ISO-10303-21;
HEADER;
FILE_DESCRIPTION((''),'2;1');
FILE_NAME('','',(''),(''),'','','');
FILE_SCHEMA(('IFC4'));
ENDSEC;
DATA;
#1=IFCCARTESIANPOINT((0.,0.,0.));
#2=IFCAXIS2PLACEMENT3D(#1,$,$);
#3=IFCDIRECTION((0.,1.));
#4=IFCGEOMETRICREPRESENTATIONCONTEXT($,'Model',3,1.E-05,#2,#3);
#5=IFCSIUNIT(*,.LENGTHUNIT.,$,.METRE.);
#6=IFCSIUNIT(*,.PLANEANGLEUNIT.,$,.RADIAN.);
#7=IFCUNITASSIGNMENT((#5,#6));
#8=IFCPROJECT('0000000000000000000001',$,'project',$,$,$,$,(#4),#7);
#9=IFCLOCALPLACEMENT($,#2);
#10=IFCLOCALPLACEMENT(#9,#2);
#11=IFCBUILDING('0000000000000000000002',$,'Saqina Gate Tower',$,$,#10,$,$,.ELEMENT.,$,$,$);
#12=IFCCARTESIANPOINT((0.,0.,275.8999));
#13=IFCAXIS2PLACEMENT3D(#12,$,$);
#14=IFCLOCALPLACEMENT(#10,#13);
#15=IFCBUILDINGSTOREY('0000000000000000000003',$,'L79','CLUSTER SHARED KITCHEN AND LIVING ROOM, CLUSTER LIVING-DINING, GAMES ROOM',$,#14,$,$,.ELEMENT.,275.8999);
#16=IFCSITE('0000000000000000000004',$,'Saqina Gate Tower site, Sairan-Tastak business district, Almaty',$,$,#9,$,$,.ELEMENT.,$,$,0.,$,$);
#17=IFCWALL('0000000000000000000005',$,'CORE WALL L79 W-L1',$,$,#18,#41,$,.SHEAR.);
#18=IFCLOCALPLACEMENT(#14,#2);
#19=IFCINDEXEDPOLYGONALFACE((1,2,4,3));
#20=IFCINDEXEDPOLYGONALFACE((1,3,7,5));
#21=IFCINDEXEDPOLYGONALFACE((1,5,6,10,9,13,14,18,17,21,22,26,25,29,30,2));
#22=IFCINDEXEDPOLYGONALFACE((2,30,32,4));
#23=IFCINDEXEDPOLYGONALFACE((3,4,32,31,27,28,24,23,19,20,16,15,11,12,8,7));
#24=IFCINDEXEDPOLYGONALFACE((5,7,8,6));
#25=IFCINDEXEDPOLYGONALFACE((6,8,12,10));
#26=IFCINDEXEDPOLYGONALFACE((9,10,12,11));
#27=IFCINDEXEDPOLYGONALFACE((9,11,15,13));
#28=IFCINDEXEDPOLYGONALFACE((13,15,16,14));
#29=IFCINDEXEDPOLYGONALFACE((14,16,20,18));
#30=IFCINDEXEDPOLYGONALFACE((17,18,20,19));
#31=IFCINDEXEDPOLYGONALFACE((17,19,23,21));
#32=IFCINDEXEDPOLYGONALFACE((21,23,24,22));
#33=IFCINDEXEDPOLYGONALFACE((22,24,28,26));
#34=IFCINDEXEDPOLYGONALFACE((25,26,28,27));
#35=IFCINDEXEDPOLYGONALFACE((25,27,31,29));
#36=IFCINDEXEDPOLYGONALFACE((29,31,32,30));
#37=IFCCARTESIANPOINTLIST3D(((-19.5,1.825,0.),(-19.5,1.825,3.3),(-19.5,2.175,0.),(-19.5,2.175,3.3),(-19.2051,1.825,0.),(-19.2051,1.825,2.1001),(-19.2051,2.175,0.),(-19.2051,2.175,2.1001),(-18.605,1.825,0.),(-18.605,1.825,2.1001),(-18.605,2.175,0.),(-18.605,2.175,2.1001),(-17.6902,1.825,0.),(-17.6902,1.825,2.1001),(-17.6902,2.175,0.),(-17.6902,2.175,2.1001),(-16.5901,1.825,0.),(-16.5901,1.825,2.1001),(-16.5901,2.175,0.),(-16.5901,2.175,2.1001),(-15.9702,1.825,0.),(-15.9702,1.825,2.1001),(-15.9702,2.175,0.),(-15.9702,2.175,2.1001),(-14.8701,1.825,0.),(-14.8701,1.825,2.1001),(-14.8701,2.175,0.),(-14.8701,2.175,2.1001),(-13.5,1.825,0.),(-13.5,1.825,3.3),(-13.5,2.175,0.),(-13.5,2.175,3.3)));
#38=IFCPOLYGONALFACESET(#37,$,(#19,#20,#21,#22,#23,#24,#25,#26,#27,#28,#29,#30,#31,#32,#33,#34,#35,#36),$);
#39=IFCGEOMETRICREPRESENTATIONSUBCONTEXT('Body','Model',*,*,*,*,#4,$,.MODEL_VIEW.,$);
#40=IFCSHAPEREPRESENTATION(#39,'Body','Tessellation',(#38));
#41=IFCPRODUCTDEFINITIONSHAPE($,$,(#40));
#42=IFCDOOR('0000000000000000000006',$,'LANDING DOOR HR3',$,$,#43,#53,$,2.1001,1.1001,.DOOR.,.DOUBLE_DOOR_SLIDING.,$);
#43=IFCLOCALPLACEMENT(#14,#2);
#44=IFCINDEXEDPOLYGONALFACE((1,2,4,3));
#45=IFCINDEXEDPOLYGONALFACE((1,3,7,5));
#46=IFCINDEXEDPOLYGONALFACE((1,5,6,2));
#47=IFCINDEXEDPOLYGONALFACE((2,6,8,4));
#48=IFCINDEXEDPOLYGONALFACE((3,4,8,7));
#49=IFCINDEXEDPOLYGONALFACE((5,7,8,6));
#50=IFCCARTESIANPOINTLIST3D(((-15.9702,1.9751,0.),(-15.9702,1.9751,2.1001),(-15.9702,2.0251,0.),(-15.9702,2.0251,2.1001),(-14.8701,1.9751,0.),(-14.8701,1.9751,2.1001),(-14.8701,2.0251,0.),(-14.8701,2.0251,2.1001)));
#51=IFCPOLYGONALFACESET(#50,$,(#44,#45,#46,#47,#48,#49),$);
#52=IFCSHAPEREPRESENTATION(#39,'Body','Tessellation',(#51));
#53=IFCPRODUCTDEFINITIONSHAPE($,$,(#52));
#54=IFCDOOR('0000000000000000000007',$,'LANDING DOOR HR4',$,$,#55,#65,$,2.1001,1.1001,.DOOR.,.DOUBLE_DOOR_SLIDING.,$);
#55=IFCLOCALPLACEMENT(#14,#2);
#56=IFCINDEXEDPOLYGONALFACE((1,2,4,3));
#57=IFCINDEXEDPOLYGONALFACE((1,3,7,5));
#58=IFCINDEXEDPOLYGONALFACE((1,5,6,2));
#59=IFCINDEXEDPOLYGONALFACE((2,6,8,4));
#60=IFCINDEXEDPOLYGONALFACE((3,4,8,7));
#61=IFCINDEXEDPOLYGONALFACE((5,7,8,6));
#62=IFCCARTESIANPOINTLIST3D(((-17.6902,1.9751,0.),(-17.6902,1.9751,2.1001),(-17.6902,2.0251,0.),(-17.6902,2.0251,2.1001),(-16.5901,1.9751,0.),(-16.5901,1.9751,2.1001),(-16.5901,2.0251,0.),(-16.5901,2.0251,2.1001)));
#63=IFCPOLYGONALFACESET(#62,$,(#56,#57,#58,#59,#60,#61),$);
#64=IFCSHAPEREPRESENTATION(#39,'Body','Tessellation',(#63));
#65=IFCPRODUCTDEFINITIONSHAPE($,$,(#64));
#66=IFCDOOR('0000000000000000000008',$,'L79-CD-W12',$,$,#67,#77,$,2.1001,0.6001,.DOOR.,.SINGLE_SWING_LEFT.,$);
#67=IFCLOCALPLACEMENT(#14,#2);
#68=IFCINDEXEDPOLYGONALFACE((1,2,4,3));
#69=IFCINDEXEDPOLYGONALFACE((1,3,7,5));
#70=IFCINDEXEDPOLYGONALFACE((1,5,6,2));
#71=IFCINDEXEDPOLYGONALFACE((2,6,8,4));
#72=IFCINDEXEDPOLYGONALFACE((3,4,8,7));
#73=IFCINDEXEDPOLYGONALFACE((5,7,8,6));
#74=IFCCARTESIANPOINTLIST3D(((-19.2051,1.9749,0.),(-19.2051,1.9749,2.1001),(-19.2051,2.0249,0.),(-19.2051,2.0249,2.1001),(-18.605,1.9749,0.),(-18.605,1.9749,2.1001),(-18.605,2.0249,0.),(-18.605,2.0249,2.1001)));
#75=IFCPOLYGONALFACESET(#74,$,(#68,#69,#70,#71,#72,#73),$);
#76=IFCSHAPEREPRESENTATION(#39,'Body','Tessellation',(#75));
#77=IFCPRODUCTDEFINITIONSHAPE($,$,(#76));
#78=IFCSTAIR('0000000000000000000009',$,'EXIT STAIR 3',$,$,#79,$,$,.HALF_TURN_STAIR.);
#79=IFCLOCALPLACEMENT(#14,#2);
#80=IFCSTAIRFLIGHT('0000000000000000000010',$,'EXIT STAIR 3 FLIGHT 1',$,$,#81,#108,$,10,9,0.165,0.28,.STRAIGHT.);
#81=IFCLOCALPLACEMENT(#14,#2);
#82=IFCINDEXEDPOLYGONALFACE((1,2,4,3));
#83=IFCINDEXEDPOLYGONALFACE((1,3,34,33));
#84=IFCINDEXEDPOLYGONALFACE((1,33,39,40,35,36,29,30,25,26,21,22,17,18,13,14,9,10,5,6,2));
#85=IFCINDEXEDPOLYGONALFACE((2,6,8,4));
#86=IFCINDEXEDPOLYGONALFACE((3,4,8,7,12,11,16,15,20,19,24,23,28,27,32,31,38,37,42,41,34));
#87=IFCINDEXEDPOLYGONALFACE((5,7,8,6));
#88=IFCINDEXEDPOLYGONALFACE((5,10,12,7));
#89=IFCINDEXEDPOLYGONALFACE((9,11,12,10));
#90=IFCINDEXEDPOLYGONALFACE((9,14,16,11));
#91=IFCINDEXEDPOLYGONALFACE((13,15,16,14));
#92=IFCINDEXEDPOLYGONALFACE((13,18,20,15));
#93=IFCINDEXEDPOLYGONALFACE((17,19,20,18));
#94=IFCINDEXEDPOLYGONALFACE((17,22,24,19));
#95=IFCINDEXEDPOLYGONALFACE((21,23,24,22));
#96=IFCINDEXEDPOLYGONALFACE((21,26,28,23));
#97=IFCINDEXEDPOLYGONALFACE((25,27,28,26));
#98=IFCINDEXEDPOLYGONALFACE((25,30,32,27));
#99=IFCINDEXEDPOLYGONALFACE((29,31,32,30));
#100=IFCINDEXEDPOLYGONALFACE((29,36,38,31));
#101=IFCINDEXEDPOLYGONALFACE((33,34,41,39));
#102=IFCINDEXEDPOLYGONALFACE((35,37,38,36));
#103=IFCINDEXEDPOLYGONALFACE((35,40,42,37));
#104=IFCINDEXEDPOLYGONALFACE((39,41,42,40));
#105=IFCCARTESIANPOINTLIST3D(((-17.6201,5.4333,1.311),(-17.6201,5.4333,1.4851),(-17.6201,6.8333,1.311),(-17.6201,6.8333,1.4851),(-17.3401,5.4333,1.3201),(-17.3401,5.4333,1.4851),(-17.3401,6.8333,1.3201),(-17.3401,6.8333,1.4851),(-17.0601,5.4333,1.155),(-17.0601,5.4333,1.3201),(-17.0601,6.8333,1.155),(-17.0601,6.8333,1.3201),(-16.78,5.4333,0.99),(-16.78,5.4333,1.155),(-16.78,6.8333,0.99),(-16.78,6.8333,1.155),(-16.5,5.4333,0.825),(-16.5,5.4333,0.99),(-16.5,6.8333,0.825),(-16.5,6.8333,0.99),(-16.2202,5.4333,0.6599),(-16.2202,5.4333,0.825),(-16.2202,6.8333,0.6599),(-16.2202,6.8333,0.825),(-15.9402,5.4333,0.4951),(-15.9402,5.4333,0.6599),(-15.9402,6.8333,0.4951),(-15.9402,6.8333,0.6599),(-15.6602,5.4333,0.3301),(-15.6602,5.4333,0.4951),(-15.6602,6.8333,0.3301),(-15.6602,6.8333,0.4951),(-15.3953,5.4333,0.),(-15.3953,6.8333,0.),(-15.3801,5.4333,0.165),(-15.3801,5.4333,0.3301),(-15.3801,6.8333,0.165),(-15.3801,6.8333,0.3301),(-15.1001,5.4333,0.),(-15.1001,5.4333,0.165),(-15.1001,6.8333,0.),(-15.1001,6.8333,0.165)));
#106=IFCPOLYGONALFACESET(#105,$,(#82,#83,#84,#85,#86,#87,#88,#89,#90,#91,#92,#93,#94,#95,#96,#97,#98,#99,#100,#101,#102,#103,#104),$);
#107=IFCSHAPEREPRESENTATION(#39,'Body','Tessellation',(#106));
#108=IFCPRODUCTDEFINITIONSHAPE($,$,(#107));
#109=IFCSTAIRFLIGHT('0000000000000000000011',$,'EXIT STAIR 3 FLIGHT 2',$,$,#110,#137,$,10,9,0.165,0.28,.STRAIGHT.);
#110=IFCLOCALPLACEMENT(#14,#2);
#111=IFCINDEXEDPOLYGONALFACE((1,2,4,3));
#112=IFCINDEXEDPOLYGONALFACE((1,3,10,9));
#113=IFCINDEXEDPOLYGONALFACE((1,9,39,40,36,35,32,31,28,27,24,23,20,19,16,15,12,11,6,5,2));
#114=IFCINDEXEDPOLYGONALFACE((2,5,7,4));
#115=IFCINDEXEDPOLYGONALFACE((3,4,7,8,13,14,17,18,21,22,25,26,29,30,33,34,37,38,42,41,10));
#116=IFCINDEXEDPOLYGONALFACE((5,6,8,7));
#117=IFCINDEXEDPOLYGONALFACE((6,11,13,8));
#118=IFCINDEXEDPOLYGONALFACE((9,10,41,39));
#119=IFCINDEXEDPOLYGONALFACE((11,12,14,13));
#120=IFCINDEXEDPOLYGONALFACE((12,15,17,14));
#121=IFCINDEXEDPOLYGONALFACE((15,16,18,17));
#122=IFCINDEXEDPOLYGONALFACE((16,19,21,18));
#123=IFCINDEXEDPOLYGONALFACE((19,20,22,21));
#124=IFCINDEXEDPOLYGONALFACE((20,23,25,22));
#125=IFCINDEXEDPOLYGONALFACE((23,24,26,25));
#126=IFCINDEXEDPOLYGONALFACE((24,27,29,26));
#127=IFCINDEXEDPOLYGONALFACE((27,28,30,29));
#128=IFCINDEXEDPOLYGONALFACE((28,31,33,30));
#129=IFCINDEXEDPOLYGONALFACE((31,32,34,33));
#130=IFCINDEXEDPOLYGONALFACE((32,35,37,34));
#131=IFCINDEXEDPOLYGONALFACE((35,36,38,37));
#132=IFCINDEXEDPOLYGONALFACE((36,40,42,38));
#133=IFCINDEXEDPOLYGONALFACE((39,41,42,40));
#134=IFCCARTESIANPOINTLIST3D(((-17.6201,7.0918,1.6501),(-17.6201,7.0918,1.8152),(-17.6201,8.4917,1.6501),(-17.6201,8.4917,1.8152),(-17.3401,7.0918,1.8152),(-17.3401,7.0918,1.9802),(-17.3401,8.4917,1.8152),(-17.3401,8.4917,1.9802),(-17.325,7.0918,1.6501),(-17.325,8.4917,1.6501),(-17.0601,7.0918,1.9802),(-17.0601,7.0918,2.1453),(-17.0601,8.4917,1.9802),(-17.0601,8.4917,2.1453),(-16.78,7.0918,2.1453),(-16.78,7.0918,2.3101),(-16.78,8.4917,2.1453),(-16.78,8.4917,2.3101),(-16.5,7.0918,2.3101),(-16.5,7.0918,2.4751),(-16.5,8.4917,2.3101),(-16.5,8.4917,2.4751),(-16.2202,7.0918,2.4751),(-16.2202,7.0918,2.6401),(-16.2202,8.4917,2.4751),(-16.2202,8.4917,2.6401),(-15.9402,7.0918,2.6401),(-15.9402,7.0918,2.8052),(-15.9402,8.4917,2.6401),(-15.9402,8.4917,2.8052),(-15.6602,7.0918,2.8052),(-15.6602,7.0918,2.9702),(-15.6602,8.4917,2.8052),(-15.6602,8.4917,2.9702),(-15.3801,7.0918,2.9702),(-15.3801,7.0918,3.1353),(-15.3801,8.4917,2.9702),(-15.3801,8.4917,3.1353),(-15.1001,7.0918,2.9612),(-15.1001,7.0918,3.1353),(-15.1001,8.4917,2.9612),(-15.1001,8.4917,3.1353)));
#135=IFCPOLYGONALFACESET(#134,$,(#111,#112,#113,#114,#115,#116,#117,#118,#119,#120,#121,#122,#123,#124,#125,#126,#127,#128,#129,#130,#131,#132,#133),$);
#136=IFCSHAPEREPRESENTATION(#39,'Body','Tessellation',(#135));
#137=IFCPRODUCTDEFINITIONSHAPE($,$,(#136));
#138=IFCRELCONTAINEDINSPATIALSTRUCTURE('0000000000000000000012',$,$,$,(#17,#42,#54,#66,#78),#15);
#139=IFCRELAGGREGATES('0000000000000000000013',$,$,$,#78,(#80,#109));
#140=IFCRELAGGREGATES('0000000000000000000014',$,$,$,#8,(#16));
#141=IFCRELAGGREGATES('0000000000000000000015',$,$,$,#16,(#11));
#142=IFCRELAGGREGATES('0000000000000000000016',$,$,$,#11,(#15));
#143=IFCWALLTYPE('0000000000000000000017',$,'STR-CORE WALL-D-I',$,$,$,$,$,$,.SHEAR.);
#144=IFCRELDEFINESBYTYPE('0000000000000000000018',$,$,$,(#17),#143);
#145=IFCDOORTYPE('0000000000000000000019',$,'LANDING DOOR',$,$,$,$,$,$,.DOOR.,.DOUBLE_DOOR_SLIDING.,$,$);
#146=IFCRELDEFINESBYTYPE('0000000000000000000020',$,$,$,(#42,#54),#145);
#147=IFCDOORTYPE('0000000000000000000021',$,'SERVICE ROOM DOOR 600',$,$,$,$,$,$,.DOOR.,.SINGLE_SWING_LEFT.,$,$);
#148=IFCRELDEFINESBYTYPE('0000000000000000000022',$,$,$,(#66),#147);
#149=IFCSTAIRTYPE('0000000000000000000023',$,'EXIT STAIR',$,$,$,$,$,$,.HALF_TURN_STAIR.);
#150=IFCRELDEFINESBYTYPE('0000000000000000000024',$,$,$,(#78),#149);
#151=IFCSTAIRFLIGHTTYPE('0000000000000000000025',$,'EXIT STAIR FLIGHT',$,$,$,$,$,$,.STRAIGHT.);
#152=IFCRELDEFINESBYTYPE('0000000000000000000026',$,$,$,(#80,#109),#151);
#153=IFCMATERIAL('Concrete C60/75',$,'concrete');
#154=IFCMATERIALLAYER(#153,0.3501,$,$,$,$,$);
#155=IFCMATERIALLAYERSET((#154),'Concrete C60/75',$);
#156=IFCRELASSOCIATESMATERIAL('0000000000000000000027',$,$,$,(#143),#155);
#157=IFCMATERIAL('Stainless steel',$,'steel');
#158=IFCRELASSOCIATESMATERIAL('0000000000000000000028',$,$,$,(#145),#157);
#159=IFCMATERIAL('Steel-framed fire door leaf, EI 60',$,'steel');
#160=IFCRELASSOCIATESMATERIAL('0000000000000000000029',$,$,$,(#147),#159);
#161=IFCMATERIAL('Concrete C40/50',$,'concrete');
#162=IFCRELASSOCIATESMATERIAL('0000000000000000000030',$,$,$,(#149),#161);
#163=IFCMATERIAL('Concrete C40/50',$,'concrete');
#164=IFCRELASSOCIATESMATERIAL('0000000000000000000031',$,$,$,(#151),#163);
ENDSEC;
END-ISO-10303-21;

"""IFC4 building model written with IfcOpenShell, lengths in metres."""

from ifc_helpers import new_model, si_unit, direction, frame, frame_2d, origin, place, context, subcontext, project, spatial, polyline, rectangle, outline, extrude, material, layer, layer_set, type_object, element, fill, aggregate, save


model = new_model("IFC4")

# Units and contexts
model_context = context("Model", 3, precision=1e-05, world=origin(), true_north=direction((0.0, 1.0)))
body_context = subcontext(model_context, "Body", "Model", "MODEL_VIEW")
ifc_project = project(units=[si_unit("LENGTHUNIT", "METRE"), si_unit("PLANEANGLEUNIT", "RADIAN")], contexts=[model_context])

# Site, building, storey
site_placement = place(None, origin())
site = spatial("IfcSite", under=ifc_project, at=site_placement, Name="Saqina Gate Tower site, Sairan-Tastak business district, Almaty", CompositionType="ELEMENT", RefElevation=0.0)
building_placement = place(site_placement, origin())
building = spatial("IfcBuilding", under=site, at=building_placement, Name="Saqina Gate Tower", CompositionType="ELEMENT")
storey_placement = place(building_placement, frame((0.0, 0.0, 275.8999)))
storey = spatial("IfcBuildingStorey", under=building, at=storey_placement, Name="L79", Description="CLUSTER SHARED KITCHEN AND LIVING ROOM, CLUSTER LIVING-DINING, GAMES ROOM", CompositionType="ELEMENT", Elevation=275.8999)

# Shared definitions
ifc_material_1 = material(Name="Concrete C60/75", Category="concrete")
ifc_layer_1 = layer(ifc_material_1, 0.3501)
ifc_layer_set_1 = layer_set([ifc_layer_1], Name="Concrete C60/75")
wall_type_1 = type_object("IfcWallType", Name="STR-CORE WALL-D-I", PredefinedType="SHEAR", material=ifc_layer_set_1)

# Wall, openings, doors
wall_1_placement = place(storey_placement, frame((-13.5, 2.0, 0.0), z_axis=(0.0, 0.0, 1.0), x_axis=(-1.0, 0.0, 0.0)))
wall_1 = element("IfcWall", 1, at=wall_1_placement, inside=storey, type_object=wall_type_1, Name="CORE WALL L79 W-L1", PredefinedType="SHEAR", context=body_context, shape_type="SweptSolid", body=[
    extrude(rectangle(XDim=6.0, YDim=0.3501, at=frame_2d((3.0, 0.0))), origin(), (0.0, 0.0, 1.0), 3.3),
])
opening_1_placement = place(wall_1_placement, frame((1.3701, 0.0, 0.0)))
opening_1 = element("IfcOpeningElement", 2, at=opening_1_placement, cuts=wall_1, PredefinedType="OPENING", context=body_context, shape_type="SweptSolid", body=[
    extrude(rectangle(XDim=1.1001, YDim=2.1001, at=frame_2d((0.55, 1.05))), frame((0.0, 0.187, 0.0), z_axis=(0.0, -1.0, 0.0), x_axis=(1.0, 0.0, 0.0)), (0.0, 0.0, 1.0), 0.374),
])
opening_2_placement = place(wall_1_placement, frame((3.0901, 0.0, 0.0)))
opening_2 = element("IfcOpeningElement", 3, at=opening_2_placement, cuts=wall_1, PredefinedType="OPENING", context=body_context, shape_type="SweptSolid", body=[
    extrude(rectangle(XDim=1.1001, YDim=2.1001, at=frame_2d((0.55, 1.05))), frame((0.0, 0.187, 0.0), z_axis=(0.0, -1.0, 0.0), x_axis=(1.0, 0.0, 0.0)), (0.0, 0.0, 1.0), 0.374),
])
opening_3_placement = place(wall_1_placement, frame((5.105, 0.0, 0.0)))
opening_3 = element("IfcOpeningElement", 4, at=opening_3_placement, cuts=wall_1, PredefinedType="OPENING", context=body_context, shape_type="SweptSolid", body=[
    extrude(rectangle(XDim=0.6001, YDim=2.1001, at=frame_2d((0.3, 1.05))), frame((0.0, 0.187, 0.0), z_axis=(0.0, -1.0, 0.0), x_axis=(1.0, 0.0, 0.0)), (0.0, 0.0, 1.0), 0.374),
])
ifc_material_2 = material(Name="Stainless steel", Category="steel")
door_type_1 = type_object("IfcDoorType", Name="LANDING DOOR", OperationType="DOUBLE_DOOR_SLIDING", PredefinedType="DOOR", material=ifc_material_2)
door_1_placement = place(opening_1_placement, origin())
door_1 = element("IfcDoor", 5, at=door_1_placement, inside=storey, type_object=door_type_1, Name="LANDING DOOR HR3", OperationType="DOUBLE_DOOR_SLIDING", OverallHeight=2.1001, OverallWidth=1.1001, PredefinedType="DOOR", context=body_context, shape_type="SweptSolid", body=[
    extrude(rectangle(XDim=1.1001, YDim=2.1001, at=frame_2d((0.55, 1.05))), frame((0.0, 0.0249, 0.0), z_axis=(0.0, -1.0, 0.0), x_axis=(1.0, 0.0, 0.0)), (0.0, 0.0, 1.0), 0.05),
])
fill(opening_1, door_1)
door_2_placement = place(opening_2_placement, origin())
door_2 = element("IfcDoor", 6, at=door_2_placement, inside=storey, type_object=door_type_1, Name="LANDING DOOR HR4", OperationType="DOUBLE_DOOR_SLIDING", OverallHeight=2.1001, OverallWidth=1.1001, PredefinedType="DOOR", context=body_context, shape_type="SweptSolid", body=[
    extrude(rectangle(XDim=1.1001, YDim=2.1001, at=frame_2d((0.55, 1.05))), frame((0.0, 0.0249, 0.0), z_axis=(0.0, -1.0, 0.0), x_axis=(1.0, 0.0, 0.0)), (0.0, 0.0, 1.0), 0.05),
])
fill(opening_2, door_2)
ifc_material_3 = material(Name="Steel-framed fire door leaf, EI 60", Category="steel")
door_type_2 = type_object("IfcDoorType", Name="SERVICE ROOM DOOR 600", OperationType="SINGLE_SWING_LEFT", PredefinedType="DOOR", material=ifc_material_3)
door_3_placement = place(opening_3_placement, frame((0.6001, 0.0, 0.0), z_axis=(0.0, 0.0, 1.0), x_axis=(-1.0, 0.0, 0.0)))
door_3 = element("IfcDoor", 7, at=door_3_placement, inside=storey, type_object=door_type_2, Name="L79-CD-W12", OperationType="SINGLE_SWING_LEFT", OverallHeight=2.1001, OverallWidth=0.6001, PredefinedType="DOOR", context=body_context, shape_type="SweptSolid", body=[
    extrude(rectangle(XDim=0.6001, YDim=2.1001, at=frame_2d((0.3, 1.05))), frame((0.0, 0.0249, 0.0), z_axis=(0.0, -1.0, 0.0), x_axis=(1.0, 0.0, 0.0)), (0.0, 0.0, 1.0), 0.05),
])
fill(opening_3, door_3)

# Stair, stair flights
ifc_material_4 = material(Name="Concrete C40/50", Category="concrete")
stair_type = type_object("IfcStairType", Name="EXIT STAIR", PredefinedType="HALF_TURN_STAIR", material=ifc_material_4)
stair_placement = place(storey_placement, origin())
stair = element("IfcStair", 8, at=stair_placement, inside=storey, type_object=stair_type, Name="EXIT STAIR 3", PredefinedType="HALF_TURN_STAIR")
ifc_material_5 = material(Name="Concrete C40/50", Category="concrete")
stair_flight_type = type_object("IfcStairFlightType", Name="EXIT STAIR FLIGHT", PredefinedType="STRAIGHT", material=ifc_material_5)
stair_flight_1_placement = place(storey_placement, frame((-15.1001, 6.1333, 0.0), z_axis=(0.0, 0.0, 1.0), x_axis=(-1.0, 0.0, 0.0)))
stair_flight_1 = element("IfcStairFlight", 9, at=stair_flight_1_placement, type_object=stair_flight_type, Name="EXIT STAIR 3 FLIGHT 1", NumberOfRisers=10, NumberOfTreads=9, PredefinedType="STRAIGHT", RiserHeight=0.165, TreadLength=0.28, context=body_context, shape_type="SweptSolid", body=[
    extrude(outline(polyline([(0.0, 0.0), (0.0, 0.165), (0.28, 0.165), (0.28, 0.3301), (0.5601, 0.3301), (0.5601, 0.4951), (0.8401, 0.4951), (0.8401, 0.6599), (1.1201, 0.6599), (1.1201, 0.825), (1.3999, 0.825), (1.3999, 0.99), (1.6799, 0.99), (1.6799, 1.155), (1.96, 1.155), (1.96, 1.3201), (2.24, 1.3201), (2.24, 1.4851), (2.52, 1.4851), (2.52, 1.6499), (2.52, 1.311), (0.2952, 0.0), (0.0, 0.0)])), frame((0.0, 0.7, 0.0), z_axis=(0.0, -1.0, 0.0), x_axis=(1.0, 0.0, 0.0)), (0.0, 0.0, 1.0), 1.3999),
])
stair_flight_2_placement = place(storey_placement, frame((-17.6201, 7.7917, 1.6501), z_axis=(0.0, 0.0, 1.0), x_axis=(1.0, 0.0, 0.0)))
stair_flight_2 = element("IfcStairFlight", 10, at=stair_flight_2_placement, type_object=stair_flight_type, Name="EXIT STAIR 3 FLIGHT 2", NumberOfRisers=10, NumberOfTreads=9, PredefinedType="STRAIGHT", RiserHeight=0.165, TreadLength=0.28, context=body_context, shape_type="SweptSolid", body=[
    extrude(outline(polyline([(0.0, 0.0), (0.0, 0.165), (0.28, 0.165), (0.28, 0.3301), (0.5601, 0.3301), (0.5601, 0.4951), (0.8401, 0.4951), (0.8401, 0.6599), (1.1201, 0.6599), (1.1201, 0.825), (1.3999, 0.825), (1.3999, 0.99), (1.6799, 0.99), (1.6799, 1.155), (1.96, 1.155), (1.96, 1.3201), (2.24, 1.3201), (2.24, 1.4851), (2.52, 1.4851), (2.52, 1.6499), (2.52, 1.311), (0.2952, 0.0), (0.0, 0.0)])), frame((0.0, 0.7, 0.0), z_axis=(0.0, -1.0, 0.0), x_axis=(1.0, 0.0, 0.0)), (0.0, 0.0, 1.0), 1.3999),
])
aggregate(stair, [stair_flight_1, stair_flight_2])

save(model, "model.ifc")
